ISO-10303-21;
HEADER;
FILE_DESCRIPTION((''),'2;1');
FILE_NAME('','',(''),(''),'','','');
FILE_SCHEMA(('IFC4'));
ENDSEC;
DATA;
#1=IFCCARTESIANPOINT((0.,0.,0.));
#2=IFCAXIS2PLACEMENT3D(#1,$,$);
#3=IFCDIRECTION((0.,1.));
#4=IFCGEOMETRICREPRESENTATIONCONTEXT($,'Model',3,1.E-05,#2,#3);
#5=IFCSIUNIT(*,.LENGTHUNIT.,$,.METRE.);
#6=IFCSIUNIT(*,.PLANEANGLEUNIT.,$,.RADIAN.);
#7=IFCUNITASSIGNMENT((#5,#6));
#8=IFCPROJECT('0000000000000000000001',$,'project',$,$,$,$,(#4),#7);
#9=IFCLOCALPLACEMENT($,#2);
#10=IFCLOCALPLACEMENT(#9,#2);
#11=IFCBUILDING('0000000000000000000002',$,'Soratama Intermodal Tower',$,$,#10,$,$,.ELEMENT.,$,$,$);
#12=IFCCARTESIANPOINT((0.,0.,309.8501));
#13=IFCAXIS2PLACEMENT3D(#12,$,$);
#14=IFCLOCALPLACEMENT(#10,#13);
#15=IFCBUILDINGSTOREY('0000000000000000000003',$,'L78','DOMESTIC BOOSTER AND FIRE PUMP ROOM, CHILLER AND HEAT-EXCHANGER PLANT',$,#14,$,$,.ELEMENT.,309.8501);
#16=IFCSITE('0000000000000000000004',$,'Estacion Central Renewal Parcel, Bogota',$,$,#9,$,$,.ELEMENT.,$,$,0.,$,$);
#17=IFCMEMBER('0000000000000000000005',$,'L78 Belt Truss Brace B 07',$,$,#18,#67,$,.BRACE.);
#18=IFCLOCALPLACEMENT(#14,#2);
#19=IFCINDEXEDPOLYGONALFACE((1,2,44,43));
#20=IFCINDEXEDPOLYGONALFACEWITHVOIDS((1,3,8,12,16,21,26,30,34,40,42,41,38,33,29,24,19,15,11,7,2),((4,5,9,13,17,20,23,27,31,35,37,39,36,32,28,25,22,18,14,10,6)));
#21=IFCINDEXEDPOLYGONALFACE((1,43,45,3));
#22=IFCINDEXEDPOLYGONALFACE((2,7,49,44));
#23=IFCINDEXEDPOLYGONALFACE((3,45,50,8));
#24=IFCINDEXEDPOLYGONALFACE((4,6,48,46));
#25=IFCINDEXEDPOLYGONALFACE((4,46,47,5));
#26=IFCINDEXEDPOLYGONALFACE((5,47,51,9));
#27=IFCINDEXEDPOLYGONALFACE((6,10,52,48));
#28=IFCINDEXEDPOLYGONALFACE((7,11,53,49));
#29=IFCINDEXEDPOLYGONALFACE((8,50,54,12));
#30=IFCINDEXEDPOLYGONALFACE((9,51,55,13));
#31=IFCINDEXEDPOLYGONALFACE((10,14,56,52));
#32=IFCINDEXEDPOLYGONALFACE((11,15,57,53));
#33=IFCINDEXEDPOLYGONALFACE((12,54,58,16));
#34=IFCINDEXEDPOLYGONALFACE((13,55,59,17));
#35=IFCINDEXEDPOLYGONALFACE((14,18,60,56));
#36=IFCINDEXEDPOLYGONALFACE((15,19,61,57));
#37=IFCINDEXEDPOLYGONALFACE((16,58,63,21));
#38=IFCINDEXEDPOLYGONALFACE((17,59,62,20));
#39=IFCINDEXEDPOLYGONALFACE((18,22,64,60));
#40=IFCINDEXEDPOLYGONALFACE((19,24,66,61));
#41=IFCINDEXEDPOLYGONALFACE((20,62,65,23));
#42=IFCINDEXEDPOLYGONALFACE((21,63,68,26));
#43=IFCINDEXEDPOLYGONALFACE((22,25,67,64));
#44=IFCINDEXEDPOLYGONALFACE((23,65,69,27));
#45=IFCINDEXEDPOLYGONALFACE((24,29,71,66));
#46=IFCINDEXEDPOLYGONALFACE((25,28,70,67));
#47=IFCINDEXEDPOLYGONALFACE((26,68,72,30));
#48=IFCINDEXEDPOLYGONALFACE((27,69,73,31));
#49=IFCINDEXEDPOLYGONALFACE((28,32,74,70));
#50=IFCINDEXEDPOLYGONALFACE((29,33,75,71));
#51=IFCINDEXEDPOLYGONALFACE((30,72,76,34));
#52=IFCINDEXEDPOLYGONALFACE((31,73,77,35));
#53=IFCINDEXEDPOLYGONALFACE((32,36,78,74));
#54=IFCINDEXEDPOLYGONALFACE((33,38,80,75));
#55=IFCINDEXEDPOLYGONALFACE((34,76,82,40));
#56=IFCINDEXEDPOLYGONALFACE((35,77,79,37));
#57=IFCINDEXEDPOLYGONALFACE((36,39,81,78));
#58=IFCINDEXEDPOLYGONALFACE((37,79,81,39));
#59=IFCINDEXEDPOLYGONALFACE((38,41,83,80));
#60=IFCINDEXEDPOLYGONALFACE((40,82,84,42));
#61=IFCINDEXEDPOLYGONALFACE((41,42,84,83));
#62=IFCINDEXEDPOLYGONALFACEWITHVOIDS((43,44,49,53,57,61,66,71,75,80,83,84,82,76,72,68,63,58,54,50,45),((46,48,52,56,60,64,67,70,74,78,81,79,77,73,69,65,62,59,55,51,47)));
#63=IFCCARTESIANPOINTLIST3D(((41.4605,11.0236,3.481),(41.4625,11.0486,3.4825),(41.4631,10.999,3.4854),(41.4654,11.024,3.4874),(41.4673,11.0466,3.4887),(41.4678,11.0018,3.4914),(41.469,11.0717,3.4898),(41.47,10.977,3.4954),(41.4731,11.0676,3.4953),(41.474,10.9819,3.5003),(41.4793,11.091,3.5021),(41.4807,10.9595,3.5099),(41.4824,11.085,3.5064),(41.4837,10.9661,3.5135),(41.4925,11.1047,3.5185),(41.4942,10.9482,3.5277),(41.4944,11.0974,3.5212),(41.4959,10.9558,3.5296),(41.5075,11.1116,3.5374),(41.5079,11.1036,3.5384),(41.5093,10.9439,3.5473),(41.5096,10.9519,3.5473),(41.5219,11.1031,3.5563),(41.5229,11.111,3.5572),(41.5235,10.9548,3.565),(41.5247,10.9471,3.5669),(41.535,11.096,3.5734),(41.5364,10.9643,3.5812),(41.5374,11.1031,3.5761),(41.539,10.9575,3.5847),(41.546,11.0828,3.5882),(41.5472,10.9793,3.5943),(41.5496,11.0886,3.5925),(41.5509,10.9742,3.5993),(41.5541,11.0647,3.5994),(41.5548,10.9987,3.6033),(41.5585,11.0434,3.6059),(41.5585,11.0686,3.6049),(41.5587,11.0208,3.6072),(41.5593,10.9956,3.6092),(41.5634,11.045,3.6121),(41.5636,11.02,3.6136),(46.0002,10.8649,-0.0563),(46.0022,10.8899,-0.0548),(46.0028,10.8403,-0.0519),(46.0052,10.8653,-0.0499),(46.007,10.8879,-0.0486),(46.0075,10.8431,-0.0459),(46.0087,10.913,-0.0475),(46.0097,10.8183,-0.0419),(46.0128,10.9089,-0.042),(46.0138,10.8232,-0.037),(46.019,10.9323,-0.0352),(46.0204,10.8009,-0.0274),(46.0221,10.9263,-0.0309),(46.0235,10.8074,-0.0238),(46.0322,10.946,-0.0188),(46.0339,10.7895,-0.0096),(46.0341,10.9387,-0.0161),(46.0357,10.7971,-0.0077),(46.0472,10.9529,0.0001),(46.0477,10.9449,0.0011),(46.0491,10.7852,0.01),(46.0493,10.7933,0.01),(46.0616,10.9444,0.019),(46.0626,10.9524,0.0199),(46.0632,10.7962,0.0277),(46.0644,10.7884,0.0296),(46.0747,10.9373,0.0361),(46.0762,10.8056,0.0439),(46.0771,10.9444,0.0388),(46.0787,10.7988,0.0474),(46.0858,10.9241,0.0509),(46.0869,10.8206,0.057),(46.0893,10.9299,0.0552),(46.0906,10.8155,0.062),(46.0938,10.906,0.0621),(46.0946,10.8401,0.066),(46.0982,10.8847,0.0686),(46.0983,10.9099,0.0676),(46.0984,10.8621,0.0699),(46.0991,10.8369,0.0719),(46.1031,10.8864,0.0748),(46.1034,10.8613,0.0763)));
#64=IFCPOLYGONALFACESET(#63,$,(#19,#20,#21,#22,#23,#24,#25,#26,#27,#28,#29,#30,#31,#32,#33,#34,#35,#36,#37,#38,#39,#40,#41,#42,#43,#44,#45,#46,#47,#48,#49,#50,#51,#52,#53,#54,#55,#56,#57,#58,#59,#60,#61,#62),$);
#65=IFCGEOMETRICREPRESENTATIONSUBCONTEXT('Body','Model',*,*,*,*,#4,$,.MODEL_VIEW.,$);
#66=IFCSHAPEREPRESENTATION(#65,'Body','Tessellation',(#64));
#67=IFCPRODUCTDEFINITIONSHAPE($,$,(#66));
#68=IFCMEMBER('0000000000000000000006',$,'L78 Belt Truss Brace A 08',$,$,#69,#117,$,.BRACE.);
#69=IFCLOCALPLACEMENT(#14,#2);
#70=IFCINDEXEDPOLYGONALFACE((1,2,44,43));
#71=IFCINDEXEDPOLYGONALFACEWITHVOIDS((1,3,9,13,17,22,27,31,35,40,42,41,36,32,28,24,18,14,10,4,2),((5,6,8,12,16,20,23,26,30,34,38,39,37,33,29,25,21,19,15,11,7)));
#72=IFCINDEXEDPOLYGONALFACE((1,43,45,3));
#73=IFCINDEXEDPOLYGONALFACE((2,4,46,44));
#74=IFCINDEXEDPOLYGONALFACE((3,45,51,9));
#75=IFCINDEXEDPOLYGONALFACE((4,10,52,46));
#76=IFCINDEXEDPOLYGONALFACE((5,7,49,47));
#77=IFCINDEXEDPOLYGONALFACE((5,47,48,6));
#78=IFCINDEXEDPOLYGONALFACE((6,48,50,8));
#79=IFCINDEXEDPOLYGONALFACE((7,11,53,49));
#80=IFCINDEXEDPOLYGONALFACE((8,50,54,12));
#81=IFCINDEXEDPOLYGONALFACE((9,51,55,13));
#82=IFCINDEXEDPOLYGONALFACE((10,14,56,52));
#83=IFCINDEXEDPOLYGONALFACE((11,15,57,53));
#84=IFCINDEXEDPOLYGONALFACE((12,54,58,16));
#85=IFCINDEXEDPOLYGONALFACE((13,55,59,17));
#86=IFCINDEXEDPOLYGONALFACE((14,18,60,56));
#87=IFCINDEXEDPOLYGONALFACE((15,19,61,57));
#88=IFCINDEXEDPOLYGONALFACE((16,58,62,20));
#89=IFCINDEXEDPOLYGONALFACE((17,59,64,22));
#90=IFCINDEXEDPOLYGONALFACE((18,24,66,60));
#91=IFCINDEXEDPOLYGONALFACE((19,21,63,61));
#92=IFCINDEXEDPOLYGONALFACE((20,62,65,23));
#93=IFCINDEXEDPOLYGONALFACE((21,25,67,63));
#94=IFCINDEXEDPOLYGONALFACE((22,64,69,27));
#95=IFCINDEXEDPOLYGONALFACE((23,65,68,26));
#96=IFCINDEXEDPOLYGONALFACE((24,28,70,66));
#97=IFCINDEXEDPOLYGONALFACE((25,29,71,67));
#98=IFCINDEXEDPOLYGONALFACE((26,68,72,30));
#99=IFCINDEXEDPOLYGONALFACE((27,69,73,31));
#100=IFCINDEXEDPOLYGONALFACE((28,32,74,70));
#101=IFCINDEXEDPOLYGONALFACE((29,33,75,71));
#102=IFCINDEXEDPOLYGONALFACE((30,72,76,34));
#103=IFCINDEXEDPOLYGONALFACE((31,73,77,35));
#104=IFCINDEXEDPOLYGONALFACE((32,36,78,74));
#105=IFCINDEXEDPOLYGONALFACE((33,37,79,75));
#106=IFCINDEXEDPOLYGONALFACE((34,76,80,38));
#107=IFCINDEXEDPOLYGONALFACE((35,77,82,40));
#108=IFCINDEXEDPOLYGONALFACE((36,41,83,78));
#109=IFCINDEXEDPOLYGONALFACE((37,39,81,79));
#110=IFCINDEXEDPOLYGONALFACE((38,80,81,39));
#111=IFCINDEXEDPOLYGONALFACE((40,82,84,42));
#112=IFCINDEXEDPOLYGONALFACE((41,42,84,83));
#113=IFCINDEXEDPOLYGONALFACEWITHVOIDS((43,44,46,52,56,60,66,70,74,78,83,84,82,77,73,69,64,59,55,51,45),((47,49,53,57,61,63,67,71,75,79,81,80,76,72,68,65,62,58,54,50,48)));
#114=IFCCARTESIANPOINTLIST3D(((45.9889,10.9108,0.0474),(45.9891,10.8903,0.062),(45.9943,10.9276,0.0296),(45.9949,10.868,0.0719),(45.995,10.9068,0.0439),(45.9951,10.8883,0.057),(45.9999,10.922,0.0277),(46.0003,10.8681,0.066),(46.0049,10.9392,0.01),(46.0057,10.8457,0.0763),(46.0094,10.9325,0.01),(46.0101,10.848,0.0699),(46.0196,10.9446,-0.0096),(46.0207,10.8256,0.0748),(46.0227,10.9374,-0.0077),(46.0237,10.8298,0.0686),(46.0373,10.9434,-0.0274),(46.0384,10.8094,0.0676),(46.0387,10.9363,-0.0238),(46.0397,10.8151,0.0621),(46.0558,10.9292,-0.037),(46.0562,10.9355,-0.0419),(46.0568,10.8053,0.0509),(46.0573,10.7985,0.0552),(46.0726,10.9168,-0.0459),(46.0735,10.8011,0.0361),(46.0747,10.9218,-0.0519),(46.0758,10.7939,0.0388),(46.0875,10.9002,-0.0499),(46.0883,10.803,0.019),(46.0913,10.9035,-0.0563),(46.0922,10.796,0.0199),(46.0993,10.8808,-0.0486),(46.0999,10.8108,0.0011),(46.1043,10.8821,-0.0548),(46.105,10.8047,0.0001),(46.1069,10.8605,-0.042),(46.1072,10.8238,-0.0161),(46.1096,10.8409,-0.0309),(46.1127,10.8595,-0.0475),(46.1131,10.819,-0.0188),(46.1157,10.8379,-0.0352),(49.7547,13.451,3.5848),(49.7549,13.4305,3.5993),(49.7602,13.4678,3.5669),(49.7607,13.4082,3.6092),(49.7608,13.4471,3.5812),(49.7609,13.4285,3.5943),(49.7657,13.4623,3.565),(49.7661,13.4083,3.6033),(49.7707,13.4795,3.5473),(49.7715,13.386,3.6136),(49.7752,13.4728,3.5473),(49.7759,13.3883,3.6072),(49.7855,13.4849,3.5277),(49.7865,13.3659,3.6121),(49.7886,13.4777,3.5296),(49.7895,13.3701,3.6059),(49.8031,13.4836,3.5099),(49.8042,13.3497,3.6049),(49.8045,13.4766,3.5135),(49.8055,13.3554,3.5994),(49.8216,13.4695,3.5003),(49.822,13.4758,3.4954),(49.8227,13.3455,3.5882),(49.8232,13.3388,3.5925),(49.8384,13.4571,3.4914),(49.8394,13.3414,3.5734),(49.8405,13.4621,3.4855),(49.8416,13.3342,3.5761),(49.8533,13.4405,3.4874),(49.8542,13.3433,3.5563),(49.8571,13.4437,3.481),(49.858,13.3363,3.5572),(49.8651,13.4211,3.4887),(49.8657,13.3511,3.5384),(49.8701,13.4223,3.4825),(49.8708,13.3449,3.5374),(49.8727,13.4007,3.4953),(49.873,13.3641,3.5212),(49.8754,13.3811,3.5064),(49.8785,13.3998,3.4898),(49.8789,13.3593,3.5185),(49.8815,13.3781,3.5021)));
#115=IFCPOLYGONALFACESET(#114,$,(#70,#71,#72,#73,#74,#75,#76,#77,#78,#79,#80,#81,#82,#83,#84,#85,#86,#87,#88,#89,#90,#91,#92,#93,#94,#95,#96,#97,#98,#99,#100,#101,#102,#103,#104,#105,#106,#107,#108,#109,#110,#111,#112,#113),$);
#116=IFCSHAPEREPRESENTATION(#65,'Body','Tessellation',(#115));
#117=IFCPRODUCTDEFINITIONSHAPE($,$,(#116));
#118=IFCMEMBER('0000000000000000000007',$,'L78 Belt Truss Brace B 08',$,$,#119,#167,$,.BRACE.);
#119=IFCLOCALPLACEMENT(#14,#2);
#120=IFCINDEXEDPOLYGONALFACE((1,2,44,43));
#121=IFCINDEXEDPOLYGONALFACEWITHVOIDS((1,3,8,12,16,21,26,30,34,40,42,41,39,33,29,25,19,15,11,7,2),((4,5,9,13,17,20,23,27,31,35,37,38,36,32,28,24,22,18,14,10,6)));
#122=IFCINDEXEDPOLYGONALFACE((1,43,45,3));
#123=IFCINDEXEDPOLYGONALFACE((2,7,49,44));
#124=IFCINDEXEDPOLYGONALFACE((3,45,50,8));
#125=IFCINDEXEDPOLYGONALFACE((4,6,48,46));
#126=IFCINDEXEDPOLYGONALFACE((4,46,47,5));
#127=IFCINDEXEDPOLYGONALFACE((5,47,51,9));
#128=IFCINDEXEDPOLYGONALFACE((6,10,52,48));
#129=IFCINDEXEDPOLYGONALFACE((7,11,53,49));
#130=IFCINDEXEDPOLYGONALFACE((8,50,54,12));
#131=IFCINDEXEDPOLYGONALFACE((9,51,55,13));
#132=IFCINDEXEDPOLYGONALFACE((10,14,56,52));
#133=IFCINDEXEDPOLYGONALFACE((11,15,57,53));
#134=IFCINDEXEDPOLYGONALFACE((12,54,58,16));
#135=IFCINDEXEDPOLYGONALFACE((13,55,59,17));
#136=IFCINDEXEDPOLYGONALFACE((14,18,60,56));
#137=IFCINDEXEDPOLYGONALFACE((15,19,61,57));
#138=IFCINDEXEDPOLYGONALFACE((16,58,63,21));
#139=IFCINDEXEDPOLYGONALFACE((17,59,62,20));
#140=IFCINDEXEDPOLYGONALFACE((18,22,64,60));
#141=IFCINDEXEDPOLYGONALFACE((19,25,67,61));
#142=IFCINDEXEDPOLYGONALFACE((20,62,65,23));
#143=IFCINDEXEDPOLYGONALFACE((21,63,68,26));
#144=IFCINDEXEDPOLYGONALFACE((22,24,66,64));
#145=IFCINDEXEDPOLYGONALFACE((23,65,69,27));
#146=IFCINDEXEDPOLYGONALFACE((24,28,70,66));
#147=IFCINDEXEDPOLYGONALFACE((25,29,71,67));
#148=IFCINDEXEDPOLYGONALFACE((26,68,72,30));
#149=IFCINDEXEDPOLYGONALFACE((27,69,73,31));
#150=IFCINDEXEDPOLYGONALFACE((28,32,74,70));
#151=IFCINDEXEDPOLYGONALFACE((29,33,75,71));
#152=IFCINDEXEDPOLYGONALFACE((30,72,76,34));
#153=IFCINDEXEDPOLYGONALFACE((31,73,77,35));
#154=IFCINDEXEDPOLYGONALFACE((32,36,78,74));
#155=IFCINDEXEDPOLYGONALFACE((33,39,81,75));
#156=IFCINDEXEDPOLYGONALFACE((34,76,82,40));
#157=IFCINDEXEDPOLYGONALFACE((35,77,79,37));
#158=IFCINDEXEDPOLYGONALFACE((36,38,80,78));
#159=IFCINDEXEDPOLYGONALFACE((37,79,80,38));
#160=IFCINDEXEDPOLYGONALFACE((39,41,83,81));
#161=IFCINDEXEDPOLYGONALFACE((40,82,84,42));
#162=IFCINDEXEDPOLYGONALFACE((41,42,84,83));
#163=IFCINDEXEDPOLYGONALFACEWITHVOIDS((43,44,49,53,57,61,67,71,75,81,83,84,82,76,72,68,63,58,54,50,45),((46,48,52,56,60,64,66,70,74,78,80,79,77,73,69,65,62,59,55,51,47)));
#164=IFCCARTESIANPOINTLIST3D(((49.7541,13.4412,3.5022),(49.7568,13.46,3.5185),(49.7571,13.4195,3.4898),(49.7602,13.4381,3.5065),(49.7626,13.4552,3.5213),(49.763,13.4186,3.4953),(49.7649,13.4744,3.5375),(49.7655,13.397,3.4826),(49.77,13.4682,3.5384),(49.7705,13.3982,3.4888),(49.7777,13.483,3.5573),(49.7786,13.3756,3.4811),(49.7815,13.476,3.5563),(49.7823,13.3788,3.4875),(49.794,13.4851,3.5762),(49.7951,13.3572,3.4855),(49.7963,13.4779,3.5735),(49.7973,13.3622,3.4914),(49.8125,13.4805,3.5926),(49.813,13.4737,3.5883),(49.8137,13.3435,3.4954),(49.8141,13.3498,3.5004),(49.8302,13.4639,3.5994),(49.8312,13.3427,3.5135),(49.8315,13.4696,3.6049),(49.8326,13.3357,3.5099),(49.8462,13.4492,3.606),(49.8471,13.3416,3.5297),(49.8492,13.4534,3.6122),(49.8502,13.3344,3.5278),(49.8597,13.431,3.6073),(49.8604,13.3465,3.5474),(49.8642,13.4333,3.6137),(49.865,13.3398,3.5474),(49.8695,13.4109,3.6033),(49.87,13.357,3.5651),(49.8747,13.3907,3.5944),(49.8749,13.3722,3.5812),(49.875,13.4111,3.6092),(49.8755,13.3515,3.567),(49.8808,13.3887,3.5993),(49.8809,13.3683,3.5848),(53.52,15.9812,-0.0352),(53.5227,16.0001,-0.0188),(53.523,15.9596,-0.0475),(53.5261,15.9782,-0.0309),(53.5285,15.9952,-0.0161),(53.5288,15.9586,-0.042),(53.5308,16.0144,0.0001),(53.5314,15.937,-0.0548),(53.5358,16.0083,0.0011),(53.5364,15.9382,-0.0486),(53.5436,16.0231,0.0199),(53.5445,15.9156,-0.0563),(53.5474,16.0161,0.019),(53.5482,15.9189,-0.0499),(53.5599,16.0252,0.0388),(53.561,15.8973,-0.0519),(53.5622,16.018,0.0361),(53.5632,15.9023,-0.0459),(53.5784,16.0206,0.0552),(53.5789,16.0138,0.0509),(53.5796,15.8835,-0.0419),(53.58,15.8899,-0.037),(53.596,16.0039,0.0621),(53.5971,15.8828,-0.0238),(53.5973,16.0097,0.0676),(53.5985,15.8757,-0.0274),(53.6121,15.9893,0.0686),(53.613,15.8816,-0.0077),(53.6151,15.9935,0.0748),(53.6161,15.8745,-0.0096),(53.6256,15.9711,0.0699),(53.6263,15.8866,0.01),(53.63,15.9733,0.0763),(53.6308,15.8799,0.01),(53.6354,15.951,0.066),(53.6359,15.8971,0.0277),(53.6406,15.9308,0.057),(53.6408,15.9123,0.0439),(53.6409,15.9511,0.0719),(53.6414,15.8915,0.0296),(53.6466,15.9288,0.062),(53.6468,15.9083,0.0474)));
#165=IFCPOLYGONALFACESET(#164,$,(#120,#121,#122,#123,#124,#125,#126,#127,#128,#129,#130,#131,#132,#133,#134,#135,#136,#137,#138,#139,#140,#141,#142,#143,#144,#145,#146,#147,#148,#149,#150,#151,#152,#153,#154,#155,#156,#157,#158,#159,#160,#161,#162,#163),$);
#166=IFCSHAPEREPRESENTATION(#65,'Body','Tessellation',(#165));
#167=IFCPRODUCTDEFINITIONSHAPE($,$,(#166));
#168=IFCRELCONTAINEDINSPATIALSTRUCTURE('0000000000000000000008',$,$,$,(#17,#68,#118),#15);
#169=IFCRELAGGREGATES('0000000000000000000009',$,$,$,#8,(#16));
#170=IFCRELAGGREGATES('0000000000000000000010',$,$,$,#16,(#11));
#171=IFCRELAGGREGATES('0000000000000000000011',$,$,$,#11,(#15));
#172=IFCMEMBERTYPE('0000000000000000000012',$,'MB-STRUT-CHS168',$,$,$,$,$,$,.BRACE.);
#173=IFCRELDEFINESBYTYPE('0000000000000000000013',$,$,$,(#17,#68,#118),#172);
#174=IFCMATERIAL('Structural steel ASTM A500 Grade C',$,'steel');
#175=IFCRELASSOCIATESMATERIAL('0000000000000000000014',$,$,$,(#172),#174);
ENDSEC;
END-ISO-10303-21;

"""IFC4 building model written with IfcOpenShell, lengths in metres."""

from ifc_helpers import new_model, si_unit, direction, frame, origin, origin_2d, place, context, subcontext, project, spatial, hollow_circle, extrude, material, material_profile, profile_set, type_object, element, save


model = new_model("IFC4")

# Units and contexts
model_context = context("Model", 3, precision=1e-05, world=origin(), true_north=direction((0.0, 1.0)))
body_context = subcontext(model_context, "Body", "Model", "MODEL_VIEW")
ifc_project = project(units=[si_unit("LENGTHUNIT", "METRE"), si_unit("PLANEANGLEUNIT", "RADIAN")], contexts=[model_context])

# Site, building, storey
site_placement = place(None, origin())
site = spatial("IfcSite", under=ifc_project, at=site_placement, Name="Estacion Central Renewal Parcel, Bogota", CompositionType="ELEMENT", RefElevation=0.0)
building_placement = place(site_placement, origin())
building = spatial("IfcBuilding", under=site, at=building_placement, Name="Soratama Intermodal Tower", CompositionType="ELEMENT")
storey_placement = place(building_placement, frame((0.0, 0.0, 309.8501)))
storey = spatial("IfcBuildingStorey", under=building, at=storey_placement, Name="L78", Description="DOMESTIC BOOSTER AND FIRE PUMP ROOM, CHILLER AND HEAT-EXCHANGER PLANT", CompositionType="ELEMENT", Elevation=309.8501)

# Members
ifc_material_1 = material(Name="Structural steel ASTM A500 Grade C", Category="steel")
ifc_material_profile_1 = material_profile(ifc_material_1, hollow_circle(Radius=0.0842, WallThickness=0.0081, at=origin_2d()), Name="CHS168X8")
ifc_profile_set_1 = profile_set([ifc_material_profile_1], Name="Structural steel ASTM A500 Grade C")
member_type = type_object("IfcMemberType", Name="MB-STRUT-CHS168", PredefinedType="BRACE", material=ifc_profile_set_1)
for number, where, z_axis, x_axis, name in (
    (1, (46.052, 10.8694, 0.01), (-0.788513, 0.027563, 0.6144), (-0.034934, -0.99939, 0.0), "L78 Belt Truss Brace B 07"),
    (2, (46.052, 10.8694, 0.01), (0.654092, 0.44122, 0.614401), (-0.559219, 0.82902, 0.0), "L78 Belt Truss Brace A 08"),
    (3, (53.5837, 15.9497, 0.01), (-0.654104, -0.441186, 0.614412), (0.559182, -0.829045, 0.0), "L78 Belt Truss Brace B 08"),
):
    element("IfcMember", number, at=place(storey_placement, frame(where, z_axis=z_axis, x_axis=x_axis)), inside=storey, type_object=member_type, Name=name, PredefinedType="BRACE", context=body_context, shape_type="SweptSolid", body=[
        extrude(hollow_circle(Radius=0.0842, WallThickness=0.0081, at=origin_2d()), origin(), (0.0, 0.0, 1.0), 5.7573),
    ])

save(model, "model.ifc")
